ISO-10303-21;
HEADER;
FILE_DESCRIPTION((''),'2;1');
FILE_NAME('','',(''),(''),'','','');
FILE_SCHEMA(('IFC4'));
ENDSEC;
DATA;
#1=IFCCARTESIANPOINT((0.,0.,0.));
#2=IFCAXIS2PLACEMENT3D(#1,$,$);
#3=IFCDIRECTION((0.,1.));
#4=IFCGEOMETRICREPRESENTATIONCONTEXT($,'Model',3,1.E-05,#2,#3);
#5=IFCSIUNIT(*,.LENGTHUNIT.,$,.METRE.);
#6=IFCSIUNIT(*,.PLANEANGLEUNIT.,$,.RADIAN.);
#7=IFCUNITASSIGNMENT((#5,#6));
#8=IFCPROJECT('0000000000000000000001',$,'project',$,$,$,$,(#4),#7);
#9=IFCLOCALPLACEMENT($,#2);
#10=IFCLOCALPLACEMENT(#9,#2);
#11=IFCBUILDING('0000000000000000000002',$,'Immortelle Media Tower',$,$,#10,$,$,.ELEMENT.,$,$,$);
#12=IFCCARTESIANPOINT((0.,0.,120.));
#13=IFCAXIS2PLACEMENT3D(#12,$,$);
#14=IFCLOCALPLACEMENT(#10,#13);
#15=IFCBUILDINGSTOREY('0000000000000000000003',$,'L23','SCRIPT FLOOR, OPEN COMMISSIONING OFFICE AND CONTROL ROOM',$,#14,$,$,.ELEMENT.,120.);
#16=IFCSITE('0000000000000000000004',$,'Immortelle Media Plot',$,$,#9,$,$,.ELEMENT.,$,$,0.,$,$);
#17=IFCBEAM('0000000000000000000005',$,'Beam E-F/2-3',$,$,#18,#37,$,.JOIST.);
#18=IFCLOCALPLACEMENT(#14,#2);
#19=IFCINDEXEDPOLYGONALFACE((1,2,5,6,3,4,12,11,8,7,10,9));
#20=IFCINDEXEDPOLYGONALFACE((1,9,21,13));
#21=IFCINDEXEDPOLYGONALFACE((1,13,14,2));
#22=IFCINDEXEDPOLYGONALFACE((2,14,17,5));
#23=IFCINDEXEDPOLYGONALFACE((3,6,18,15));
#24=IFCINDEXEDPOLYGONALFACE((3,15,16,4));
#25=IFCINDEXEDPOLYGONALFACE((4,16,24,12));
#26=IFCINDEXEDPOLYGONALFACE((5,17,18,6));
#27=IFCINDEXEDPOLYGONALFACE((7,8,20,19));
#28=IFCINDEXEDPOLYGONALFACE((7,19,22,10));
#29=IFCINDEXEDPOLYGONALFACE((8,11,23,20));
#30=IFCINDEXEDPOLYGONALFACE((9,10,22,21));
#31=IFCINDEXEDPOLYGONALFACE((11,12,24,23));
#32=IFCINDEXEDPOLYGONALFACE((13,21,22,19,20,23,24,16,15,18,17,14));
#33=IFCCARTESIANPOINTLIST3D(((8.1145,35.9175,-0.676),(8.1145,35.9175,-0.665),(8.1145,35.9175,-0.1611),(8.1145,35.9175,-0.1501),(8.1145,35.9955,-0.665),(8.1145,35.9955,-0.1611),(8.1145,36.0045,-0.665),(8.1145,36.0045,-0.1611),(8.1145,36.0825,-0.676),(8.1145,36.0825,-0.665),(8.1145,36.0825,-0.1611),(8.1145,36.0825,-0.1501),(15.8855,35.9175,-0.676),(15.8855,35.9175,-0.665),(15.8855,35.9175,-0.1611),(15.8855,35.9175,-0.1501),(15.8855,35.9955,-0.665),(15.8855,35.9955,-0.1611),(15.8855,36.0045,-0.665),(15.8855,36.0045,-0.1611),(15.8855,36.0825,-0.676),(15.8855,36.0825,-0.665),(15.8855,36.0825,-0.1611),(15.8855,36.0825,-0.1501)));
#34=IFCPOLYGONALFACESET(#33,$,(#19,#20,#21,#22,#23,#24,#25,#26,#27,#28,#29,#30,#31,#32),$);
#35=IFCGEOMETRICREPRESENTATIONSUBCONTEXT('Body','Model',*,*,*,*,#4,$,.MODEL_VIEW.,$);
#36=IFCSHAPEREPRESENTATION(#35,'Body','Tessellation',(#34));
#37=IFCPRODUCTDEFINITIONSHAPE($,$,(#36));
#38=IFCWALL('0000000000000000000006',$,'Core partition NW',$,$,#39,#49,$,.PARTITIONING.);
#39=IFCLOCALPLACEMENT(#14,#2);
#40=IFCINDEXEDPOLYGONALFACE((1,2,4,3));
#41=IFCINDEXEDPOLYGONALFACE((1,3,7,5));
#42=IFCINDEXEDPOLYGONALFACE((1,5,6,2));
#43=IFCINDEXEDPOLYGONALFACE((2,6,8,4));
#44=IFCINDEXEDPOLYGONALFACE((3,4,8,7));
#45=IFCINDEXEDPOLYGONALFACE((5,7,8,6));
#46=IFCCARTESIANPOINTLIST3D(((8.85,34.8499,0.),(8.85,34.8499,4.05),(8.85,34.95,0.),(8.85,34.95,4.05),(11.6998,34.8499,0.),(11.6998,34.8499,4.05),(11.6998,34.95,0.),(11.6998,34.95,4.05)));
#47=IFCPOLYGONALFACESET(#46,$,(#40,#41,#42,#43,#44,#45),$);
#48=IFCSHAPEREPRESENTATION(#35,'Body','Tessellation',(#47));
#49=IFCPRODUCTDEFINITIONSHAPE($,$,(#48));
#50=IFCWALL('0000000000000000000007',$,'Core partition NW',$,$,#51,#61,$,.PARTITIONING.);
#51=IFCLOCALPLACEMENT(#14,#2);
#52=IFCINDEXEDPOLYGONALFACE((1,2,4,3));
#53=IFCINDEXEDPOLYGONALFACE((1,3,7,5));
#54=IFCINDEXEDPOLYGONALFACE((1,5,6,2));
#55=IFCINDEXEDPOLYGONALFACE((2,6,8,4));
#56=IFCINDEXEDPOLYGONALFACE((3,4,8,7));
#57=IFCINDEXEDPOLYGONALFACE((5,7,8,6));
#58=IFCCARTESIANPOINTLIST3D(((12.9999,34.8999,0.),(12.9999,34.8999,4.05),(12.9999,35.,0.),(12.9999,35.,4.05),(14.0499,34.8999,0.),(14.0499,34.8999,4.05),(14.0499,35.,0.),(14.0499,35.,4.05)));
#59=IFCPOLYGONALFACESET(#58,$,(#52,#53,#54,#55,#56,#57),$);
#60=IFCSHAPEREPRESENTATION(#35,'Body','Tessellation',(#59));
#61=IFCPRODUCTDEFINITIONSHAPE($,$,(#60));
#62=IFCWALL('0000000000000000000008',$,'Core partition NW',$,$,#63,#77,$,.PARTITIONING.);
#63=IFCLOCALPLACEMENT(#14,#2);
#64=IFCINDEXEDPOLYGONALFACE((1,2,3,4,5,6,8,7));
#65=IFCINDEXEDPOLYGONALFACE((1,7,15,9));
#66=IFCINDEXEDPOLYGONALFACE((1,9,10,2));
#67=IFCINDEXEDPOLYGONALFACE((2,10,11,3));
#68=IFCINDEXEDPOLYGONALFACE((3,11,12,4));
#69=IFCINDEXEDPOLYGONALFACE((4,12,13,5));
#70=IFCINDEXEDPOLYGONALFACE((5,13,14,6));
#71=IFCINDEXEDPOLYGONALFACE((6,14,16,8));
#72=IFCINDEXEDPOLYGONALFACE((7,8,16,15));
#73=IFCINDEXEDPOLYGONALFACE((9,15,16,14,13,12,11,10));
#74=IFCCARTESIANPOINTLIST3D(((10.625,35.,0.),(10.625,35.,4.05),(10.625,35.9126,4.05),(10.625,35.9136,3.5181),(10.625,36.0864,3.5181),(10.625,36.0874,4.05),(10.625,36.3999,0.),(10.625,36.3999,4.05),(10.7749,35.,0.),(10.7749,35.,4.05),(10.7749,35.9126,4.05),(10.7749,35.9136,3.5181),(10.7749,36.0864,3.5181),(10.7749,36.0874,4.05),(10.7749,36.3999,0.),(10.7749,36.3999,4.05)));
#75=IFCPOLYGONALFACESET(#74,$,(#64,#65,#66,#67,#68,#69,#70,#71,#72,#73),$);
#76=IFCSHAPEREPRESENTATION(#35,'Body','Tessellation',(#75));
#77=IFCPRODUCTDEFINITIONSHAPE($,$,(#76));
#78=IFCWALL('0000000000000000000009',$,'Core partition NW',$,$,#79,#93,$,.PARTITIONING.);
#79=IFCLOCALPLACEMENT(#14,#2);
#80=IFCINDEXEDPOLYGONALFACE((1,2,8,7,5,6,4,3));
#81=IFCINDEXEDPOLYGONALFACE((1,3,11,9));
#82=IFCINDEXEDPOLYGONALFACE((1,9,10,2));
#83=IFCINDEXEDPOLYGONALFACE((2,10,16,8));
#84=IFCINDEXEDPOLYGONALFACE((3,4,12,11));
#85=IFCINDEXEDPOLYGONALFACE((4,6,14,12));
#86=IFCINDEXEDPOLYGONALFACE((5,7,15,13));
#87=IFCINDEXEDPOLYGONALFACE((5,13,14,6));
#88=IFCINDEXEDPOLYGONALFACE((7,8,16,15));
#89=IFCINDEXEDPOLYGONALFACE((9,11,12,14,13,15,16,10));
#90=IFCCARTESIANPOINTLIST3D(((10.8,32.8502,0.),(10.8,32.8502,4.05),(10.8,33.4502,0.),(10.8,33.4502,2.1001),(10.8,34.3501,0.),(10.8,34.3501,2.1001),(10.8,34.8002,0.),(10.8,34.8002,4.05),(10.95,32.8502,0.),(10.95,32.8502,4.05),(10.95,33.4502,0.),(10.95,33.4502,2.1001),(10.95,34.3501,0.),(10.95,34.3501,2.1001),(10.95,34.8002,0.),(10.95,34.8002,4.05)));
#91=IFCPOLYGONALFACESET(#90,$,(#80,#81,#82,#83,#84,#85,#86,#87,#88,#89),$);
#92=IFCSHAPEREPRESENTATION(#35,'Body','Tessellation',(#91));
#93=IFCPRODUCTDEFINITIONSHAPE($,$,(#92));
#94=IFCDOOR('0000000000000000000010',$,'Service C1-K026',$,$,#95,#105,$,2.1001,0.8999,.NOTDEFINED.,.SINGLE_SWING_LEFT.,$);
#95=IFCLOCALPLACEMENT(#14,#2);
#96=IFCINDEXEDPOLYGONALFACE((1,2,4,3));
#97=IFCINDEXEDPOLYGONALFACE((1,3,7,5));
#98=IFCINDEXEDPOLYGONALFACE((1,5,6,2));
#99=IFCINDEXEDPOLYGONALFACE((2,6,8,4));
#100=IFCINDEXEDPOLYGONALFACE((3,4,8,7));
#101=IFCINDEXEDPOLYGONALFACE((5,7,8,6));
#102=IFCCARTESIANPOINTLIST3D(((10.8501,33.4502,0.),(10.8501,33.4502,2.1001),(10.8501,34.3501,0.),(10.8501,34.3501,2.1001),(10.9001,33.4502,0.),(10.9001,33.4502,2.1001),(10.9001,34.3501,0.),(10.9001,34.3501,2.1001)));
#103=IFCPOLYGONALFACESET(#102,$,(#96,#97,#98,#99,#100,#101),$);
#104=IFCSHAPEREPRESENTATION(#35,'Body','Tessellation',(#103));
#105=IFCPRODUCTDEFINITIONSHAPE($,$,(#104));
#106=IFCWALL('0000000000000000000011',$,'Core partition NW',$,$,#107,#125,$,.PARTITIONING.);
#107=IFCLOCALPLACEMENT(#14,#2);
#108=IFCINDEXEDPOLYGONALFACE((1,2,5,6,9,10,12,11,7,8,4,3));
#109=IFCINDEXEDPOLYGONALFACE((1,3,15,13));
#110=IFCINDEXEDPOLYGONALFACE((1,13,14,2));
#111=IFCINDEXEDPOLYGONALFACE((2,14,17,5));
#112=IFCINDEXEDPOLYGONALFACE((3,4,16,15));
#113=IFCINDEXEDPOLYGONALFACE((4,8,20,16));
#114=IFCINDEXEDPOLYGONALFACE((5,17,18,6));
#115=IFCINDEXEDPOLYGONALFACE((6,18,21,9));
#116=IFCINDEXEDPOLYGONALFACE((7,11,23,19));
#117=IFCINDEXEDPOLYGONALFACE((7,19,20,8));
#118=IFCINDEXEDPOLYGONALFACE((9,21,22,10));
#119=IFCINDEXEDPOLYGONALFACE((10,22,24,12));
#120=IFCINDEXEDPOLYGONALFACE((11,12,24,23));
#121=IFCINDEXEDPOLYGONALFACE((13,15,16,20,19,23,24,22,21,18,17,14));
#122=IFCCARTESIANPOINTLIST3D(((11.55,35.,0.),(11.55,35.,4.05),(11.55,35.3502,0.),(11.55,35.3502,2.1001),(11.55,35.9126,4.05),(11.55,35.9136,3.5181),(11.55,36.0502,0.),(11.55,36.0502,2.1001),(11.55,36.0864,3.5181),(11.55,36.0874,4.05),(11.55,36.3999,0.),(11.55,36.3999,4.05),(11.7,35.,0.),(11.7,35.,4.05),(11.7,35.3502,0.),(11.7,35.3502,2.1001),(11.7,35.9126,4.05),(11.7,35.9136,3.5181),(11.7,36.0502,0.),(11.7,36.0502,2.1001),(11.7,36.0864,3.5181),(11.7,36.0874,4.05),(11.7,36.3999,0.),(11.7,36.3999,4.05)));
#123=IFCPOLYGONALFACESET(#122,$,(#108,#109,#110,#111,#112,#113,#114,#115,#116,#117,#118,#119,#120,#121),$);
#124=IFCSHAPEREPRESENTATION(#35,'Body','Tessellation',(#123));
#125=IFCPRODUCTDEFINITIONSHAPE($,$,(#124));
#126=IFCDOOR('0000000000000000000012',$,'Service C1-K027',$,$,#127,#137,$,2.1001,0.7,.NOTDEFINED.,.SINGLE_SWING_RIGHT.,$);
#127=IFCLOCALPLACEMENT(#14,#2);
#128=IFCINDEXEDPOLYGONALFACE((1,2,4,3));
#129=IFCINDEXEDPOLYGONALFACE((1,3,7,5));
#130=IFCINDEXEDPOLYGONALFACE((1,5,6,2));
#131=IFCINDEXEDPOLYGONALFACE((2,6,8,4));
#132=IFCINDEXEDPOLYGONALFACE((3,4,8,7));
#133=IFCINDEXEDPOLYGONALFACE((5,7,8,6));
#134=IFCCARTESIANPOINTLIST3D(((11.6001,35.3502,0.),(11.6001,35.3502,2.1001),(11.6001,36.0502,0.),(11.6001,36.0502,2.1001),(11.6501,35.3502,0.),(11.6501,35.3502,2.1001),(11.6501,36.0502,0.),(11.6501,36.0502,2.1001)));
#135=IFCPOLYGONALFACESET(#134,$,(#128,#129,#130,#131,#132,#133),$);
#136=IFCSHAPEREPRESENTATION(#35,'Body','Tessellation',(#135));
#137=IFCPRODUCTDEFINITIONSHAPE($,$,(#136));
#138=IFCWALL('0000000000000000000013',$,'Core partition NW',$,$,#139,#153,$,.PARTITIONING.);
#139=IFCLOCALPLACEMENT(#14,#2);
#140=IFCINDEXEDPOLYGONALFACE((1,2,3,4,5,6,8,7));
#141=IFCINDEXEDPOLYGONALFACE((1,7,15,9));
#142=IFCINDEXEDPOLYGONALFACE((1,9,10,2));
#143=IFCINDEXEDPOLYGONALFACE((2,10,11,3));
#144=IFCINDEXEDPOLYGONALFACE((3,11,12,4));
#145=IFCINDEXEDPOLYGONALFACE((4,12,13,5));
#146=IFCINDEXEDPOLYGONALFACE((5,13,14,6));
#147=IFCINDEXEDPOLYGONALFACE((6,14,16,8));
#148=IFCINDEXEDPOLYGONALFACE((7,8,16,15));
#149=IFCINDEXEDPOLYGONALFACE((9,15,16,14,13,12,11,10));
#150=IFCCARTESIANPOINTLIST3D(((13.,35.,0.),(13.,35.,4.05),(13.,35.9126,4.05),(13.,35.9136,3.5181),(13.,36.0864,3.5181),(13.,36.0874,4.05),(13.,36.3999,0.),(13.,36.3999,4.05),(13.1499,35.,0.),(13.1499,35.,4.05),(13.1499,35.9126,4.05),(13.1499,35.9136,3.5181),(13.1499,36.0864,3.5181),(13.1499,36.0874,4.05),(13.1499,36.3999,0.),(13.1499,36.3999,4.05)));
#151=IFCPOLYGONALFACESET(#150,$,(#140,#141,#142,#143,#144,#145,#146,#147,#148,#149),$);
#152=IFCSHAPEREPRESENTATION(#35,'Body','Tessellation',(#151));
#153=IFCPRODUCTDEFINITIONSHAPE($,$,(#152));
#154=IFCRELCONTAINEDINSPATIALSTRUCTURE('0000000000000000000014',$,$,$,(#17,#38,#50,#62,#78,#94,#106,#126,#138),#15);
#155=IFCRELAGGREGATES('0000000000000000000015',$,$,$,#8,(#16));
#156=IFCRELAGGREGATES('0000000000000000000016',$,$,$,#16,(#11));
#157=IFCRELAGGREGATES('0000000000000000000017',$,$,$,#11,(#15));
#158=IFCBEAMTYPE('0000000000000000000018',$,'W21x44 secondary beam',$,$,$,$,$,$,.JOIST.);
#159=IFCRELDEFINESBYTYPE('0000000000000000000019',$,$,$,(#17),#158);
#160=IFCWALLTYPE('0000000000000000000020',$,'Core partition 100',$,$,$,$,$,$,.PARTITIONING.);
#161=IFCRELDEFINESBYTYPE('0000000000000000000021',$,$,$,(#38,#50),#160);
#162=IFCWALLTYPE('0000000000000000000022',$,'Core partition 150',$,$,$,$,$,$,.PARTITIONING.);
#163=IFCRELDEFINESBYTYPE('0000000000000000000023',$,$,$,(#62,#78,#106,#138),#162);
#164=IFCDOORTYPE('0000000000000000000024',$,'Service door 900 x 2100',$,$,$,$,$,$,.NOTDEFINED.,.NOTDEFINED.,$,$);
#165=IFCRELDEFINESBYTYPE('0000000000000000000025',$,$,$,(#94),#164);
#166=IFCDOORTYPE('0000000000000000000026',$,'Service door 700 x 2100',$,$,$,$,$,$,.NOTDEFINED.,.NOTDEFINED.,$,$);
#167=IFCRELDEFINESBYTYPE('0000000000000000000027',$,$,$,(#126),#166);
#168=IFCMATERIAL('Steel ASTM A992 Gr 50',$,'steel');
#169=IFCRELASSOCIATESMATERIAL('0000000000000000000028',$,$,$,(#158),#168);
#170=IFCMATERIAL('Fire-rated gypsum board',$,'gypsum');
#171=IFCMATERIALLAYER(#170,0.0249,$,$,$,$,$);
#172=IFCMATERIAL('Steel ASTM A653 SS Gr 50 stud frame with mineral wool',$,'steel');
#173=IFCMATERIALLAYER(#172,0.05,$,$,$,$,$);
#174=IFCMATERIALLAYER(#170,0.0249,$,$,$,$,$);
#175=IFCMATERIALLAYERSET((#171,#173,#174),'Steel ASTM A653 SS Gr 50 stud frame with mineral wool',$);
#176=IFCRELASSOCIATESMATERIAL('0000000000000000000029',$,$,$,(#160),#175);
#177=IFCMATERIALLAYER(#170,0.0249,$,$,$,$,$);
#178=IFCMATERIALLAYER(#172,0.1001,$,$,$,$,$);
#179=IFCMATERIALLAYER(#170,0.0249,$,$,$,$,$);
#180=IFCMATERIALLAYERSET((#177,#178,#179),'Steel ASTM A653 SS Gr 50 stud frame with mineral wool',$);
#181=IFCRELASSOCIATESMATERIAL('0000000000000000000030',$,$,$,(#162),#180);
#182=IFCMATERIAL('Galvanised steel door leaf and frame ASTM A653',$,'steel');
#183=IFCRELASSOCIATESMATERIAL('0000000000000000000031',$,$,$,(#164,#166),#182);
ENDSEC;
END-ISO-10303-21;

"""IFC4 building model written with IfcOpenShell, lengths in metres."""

from ifc_helpers import new_model, si_unit, direction, frame, frame_2d, origin, origin_2d, place, context, subcontext, project, spatial, polyline, rectangle, i_section, outline, extrude, material, layer, layer_set, material_profile, profile_set, type_object, element, fill, save


model = new_model("IFC4")

# Units and contexts
model_context = context("Model", 3, precision=1e-05, world=origin(), true_north=direction((0.0, 1.0)))
body_context = subcontext(model_context, "Body", "Model", "MODEL_VIEW")
ifc_project = project(units=[si_unit("LENGTHUNIT", "METRE"), si_unit("PLANEANGLEUNIT", "RADIAN")], contexts=[model_context])

# Site, building, storey
site_placement = place(None, origin())
site = spatial("IfcSite", under=ifc_project, at=site_placement, Name="Immortelle Media Plot", CompositionType="ELEMENT", RefElevation=0.0)
building_placement = place(site_placement, origin())
building = spatial("IfcBuilding", under=site, at=building_placement, Name="Immortelle Media Tower", CompositionType="ELEMENT")
storey_placement = place(building_placement, frame((0.0, 0.0, 120.0)))
storey = spatial("IfcBuildingStorey", under=building, at=storey_placement, Name="L23", Description="SCRIPT FLOOR, OPEN COMMISSIONING OFFICE AND CONTROL ROOM", CompositionType="ELEMENT", Elevation=120.0)

# Beam
ifc_material_1 = material(Name="Steel ASTM A992 Gr 50", Category="steel")
ifc_material_profile = material_profile(ifc_material_1, i_section(OverallWidth=0.165, OverallDepth=0.5259, WebThickness=0.009, FlangeThickness=0.011, at=origin_2d()), Name="W21x44")
ifc_profile_set = profile_set([ifc_material_profile], Name="Steel ASTM A992 Gr 50")
beam_type = type_object("IfcBeamType", Name="W21x44 secondary beam", PredefinedType="JOIST", material=ifc_profile_set)
beam_placement = place(storey_placement, frame((8.1145, 36.0, -0.4131), z_axis=(1.0, 0.0, 0.0), x_axis=(0.0, 1.0, 0.0)))
element("IfcBeam", 1, at=beam_placement, inside=storey, type_object=beam_type, Name="Beam E-F/2-3", PredefinedType="JOIST", context=body_context, shape_type="SweptSolid", body=[
    extrude(i_section(OverallWidth=0.165, OverallDepth=0.5259, WebThickness=0.009, FlangeThickness=0.011, at=origin_2d()), origin(), (0.0, 0.0, 1.0), 7.771),
])

# Walls
ifc_material_2 = material(Name="Fire-rated gypsum board", Category="gypsum")
ifc_layer_1 = layer(ifc_material_2, 0.0249)
ifc_material_3 = material(Name="Steel ASTM A653 SS Gr 50 stud frame with mineral wool", Category="steel")
ifc_layer_2 = layer(ifc_material_3, 0.05)
ifc_layer_3 = layer(ifc_material_2, 0.0249)
ifc_layer_set_1 = layer_set([ifc_layer_1, ifc_layer_2, ifc_layer_3], Name="Steel ASTM A653 SS Gr 50 stud frame with mineral wool")
wall_type_1 = type_object("IfcWallType", Name="Core partition 100", PredefinedType="PARTITIONING", material=ifc_layer_set_1)
wall_1_placement = place(storey_placement, frame((8.8501, 34.8999, 0.0), z_axis=(0.0, 0.0, 1.0), x_axis=(1.0, 0.0, 0.0)))
element("IfcWall", 2, at=wall_1_placement, inside=storey, type_object=wall_type_1, Name="Core partition NW", PredefinedType="PARTITIONING", context=body_context, shape_type="SweptSolid", body=[
    extrude(rectangle(XDim=2.8499, YDim=0.1001, at=frame_2d((1.4248, 0.0))), origin(), (0.0, 0.0, 1.0), 4.05),
])
wall_2_placement = place(storey_placement, frame((13.0, 34.95, 0.0), z_axis=(0.0, 0.0, 1.0), x_axis=(1.0, 0.0, 0.0)))
element("IfcWall", 3, at=wall_2_placement, inside=storey, type_object=wall_type_1, Name="Core partition NW", PredefinedType="PARTITIONING", context=body_context, shape_type="SweptSolid", body=[
    extrude(rectangle(XDim=1.05, YDim=0.1001, at=frame_2d((0.5249, 0.0))), origin(), (0.0, 0.0, 1.0), 4.05),
])
ifc_layer_4 = layer(ifc_material_2, 0.0249)
ifc_layer_5 = layer(ifc_material_3, 0.1001)
ifc_layer_6 = layer(ifc_material_2, 0.0249)
ifc_layer_set_2 = layer_set([ifc_layer_4, ifc_layer_5, ifc_layer_6], Name="Steel ASTM A653 SS Gr 50 stud frame with mineral wool")
wall_type_2 = type_object("IfcWallType", Name="Core partition 150", PredefinedType="PARTITIONING", material=ifc_layer_set_2)
wall_3_placement = place(storey_placement, frame((10.7, 35.0, 0.0), z_axis=(0.0, 0.0, 1.0), x_axis=(0.0, 1.0, 0.0)))
element("IfcWall", 4, at=wall_3_placement, inside=storey, type_object=wall_type_2, Name="Core partition NW", PredefinedType="PARTITIONING", context=body_context, shape_type="SweptSolid", body=[
    extrude(outline(polyline([(0.0, 0.0), (1.3999, 0.0), (1.3999, 4.05), (1.0874, 4.05), (1.0864, 3.5181), (0.9136, 3.5181), (0.9126, 4.05), (0.0, 4.05), (0.0, 0.0)])), frame((0.0, 0.075, 0.0), z_axis=(0.0, -1.0, 0.0), x_axis=(1.0, 0.0, 0.0)), (0.0, 0.0, 1.0), 0.1499),
])

# Walls, openings, doors
wall_4_placement = place(storey_placement, frame((10.875, 32.8501, 0.0), z_axis=(0.0, 0.0, 1.0), x_axis=(0.0, 1.0, 0.0)))
wall_4 = element("IfcWall", 5, at=wall_4_placement, inside=storey, type_object=wall_type_2, Name="Core partition NW", PredefinedType="PARTITIONING", context=body_context, shape_type="SweptSolid", body=[
    extrude(rectangle(XDim=1.95, YDim=0.1499, at=frame_2d((0.9751, 0.0))), origin(), (0.0, 0.0, 1.0), 4.05),
])
opening_1_placement = place(wall_4_placement, frame((0.6001, 0.0, 0.0)))
opening_1 = element("IfcOpeningElement", 6, at=opening_1_placement, cuts=wall_4, PredefinedType="OPENING", context=body_context, shape_type="SweptSolid", body=[
    extrude(rectangle(XDim=0.8999, YDim=2.1001, at=frame_2d((0.45, 1.05))), frame((0.0, 0.085, 0.0), z_axis=(0.0, -1.0, 0.0), x_axis=(1.0, 0.0, 0.0)), (0.0, 0.0, 1.0), 0.1699),
])
ifc_material_4 = material(Name="Galvanised steel door leaf and frame ASTM A653", Category="steel")
door_type_1 = type_object("IfcDoorType", Name="Service door 900 x 2100", OperationType="NOTDEFINED", PredefinedType="NOTDEFINED", material=ifc_material_4)
door_1_placement = place(opening_1_placement, origin())
door_1 = element("IfcDoor", 7, at=door_1_placement, inside=storey, type_object=door_type_1, Name="Service C1-K026", OperationType="SINGLE_SWING_LEFT", OverallHeight=2.1001, OverallWidth=0.8999, PredefinedType="NOTDEFINED", context=body_context, shape_type="SweptSolid", body=[
    extrude(rectangle(XDim=0.8999, YDim=2.1001, at=frame_2d((0.45, 1.05))), frame((0.0, 0.0249, 0.0), z_axis=(0.0, -1.0, 0.0), x_axis=(1.0, 0.0, 0.0)), (0.0, 0.0, 1.0), 0.05),
])
fill(opening_1, door_1)
wall_5_placement = place(storey_placement, frame((11.625, 35.0, 0.0), z_axis=(0.0, 0.0, 1.0), x_axis=(0.0, 1.0, 0.0)))
wall_5 = element("IfcWall", 8, at=wall_5_placement, inside=storey, type_object=wall_type_2, Name="Core partition NW", PredefinedType="PARTITIONING", context=body_context, shape_type="SweptSolid", body=[
    extrude(outline(polyline([(0.0, 0.0), (1.3999, 0.0), (1.3999, 4.05), (1.0874, 4.05), (1.0864, 3.5181), (0.9136, 3.5181), (0.9126, 4.05), (0.0, 4.05), (0.0, 0.0)])), frame((0.0, 0.075, 0.0), z_axis=(0.0, -1.0, 0.0), x_axis=(1.0, 0.0, 0.0)), (0.0, 0.0, 1.0), 0.1499),
])
opening_2_placement = place(wall_5_placement, frame((0.3501, 0.0, 0.0)))
opening_2 = element("IfcOpeningElement", 9, at=opening_2_placement, cuts=wall_5, PredefinedType="OPENING", context=body_context, shape_type="SweptSolid", body=[
    extrude(rectangle(XDim=0.7, YDim=2.1001, at=frame_2d((0.3501, 1.05))), frame((0.0, 0.085, 0.0), z_axis=(0.0, -1.0, 0.0), x_axis=(1.0, 0.0, 0.0)), (0.0, 0.0, 1.0), 0.1699),
])
door_type_2 = type_object("IfcDoorType", Name="Service door 700 x 2100", OperationType="NOTDEFINED", PredefinedType="NOTDEFINED", material=ifc_material_4)
door_2_placement = place(opening_2_placement, origin())
door_2 = element("IfcDoor", 10, at=door_2_placement, inside=storey, type_object=door_type_2, Name="Service C1-K027", OperationType="SINGLE_SWING_RIGHT", OverallHeight=2.1001, OverallWidth=0.7, PredefinedType="NOTDEFINED", context=body_context, shape_type="SweptSolid", body=[
    extrude(rectangle(XDim=0.7, YDim=2.1001, at=frame_2d((0.3501, 1.05))), frame((0.0, 0.0249, 0.0), z_axis=(0.0, -1.0, 0.0), x_axis=(1.0, 0.0, 0.0)), (0.0, 0.0, 1.0), 0.05),
])
fill(opening_2, door_2)

# Wall
wall_6_placement = place(storey_placement, frame((13.075, 35.0, 0.0), z_axis=(0.0, 0.0, 1.0), x_axis=(0.0, 1.0, 0.0)))
element("IfcWall", 11, at=wall_6_placement, inside=storey, type_object=wall_type_2, Name="Core partition NW", PredefinedType="PARTITIONING", context=body_context, shape_type="SweptSolid", body=[
    extrude(outline(polyline([(0.0, 0.0), (1.3999, 0.0), (1.3999, 4.05), (1.0874, 4.05), (1.0864, 3.5181), (0.9136, 3.5181), (0.9126, 4.05), (0.0, 4.05), (0.0, 0.0)])), frame((0.0, 0.075, 0.0), z_axis=(0.0, -1.0, 0.0), x_axis=(1.0, 0.0, 0.0)), (0.0, 0.0, 1.0), 0.1499),
])

save(model, "model.ifc")
